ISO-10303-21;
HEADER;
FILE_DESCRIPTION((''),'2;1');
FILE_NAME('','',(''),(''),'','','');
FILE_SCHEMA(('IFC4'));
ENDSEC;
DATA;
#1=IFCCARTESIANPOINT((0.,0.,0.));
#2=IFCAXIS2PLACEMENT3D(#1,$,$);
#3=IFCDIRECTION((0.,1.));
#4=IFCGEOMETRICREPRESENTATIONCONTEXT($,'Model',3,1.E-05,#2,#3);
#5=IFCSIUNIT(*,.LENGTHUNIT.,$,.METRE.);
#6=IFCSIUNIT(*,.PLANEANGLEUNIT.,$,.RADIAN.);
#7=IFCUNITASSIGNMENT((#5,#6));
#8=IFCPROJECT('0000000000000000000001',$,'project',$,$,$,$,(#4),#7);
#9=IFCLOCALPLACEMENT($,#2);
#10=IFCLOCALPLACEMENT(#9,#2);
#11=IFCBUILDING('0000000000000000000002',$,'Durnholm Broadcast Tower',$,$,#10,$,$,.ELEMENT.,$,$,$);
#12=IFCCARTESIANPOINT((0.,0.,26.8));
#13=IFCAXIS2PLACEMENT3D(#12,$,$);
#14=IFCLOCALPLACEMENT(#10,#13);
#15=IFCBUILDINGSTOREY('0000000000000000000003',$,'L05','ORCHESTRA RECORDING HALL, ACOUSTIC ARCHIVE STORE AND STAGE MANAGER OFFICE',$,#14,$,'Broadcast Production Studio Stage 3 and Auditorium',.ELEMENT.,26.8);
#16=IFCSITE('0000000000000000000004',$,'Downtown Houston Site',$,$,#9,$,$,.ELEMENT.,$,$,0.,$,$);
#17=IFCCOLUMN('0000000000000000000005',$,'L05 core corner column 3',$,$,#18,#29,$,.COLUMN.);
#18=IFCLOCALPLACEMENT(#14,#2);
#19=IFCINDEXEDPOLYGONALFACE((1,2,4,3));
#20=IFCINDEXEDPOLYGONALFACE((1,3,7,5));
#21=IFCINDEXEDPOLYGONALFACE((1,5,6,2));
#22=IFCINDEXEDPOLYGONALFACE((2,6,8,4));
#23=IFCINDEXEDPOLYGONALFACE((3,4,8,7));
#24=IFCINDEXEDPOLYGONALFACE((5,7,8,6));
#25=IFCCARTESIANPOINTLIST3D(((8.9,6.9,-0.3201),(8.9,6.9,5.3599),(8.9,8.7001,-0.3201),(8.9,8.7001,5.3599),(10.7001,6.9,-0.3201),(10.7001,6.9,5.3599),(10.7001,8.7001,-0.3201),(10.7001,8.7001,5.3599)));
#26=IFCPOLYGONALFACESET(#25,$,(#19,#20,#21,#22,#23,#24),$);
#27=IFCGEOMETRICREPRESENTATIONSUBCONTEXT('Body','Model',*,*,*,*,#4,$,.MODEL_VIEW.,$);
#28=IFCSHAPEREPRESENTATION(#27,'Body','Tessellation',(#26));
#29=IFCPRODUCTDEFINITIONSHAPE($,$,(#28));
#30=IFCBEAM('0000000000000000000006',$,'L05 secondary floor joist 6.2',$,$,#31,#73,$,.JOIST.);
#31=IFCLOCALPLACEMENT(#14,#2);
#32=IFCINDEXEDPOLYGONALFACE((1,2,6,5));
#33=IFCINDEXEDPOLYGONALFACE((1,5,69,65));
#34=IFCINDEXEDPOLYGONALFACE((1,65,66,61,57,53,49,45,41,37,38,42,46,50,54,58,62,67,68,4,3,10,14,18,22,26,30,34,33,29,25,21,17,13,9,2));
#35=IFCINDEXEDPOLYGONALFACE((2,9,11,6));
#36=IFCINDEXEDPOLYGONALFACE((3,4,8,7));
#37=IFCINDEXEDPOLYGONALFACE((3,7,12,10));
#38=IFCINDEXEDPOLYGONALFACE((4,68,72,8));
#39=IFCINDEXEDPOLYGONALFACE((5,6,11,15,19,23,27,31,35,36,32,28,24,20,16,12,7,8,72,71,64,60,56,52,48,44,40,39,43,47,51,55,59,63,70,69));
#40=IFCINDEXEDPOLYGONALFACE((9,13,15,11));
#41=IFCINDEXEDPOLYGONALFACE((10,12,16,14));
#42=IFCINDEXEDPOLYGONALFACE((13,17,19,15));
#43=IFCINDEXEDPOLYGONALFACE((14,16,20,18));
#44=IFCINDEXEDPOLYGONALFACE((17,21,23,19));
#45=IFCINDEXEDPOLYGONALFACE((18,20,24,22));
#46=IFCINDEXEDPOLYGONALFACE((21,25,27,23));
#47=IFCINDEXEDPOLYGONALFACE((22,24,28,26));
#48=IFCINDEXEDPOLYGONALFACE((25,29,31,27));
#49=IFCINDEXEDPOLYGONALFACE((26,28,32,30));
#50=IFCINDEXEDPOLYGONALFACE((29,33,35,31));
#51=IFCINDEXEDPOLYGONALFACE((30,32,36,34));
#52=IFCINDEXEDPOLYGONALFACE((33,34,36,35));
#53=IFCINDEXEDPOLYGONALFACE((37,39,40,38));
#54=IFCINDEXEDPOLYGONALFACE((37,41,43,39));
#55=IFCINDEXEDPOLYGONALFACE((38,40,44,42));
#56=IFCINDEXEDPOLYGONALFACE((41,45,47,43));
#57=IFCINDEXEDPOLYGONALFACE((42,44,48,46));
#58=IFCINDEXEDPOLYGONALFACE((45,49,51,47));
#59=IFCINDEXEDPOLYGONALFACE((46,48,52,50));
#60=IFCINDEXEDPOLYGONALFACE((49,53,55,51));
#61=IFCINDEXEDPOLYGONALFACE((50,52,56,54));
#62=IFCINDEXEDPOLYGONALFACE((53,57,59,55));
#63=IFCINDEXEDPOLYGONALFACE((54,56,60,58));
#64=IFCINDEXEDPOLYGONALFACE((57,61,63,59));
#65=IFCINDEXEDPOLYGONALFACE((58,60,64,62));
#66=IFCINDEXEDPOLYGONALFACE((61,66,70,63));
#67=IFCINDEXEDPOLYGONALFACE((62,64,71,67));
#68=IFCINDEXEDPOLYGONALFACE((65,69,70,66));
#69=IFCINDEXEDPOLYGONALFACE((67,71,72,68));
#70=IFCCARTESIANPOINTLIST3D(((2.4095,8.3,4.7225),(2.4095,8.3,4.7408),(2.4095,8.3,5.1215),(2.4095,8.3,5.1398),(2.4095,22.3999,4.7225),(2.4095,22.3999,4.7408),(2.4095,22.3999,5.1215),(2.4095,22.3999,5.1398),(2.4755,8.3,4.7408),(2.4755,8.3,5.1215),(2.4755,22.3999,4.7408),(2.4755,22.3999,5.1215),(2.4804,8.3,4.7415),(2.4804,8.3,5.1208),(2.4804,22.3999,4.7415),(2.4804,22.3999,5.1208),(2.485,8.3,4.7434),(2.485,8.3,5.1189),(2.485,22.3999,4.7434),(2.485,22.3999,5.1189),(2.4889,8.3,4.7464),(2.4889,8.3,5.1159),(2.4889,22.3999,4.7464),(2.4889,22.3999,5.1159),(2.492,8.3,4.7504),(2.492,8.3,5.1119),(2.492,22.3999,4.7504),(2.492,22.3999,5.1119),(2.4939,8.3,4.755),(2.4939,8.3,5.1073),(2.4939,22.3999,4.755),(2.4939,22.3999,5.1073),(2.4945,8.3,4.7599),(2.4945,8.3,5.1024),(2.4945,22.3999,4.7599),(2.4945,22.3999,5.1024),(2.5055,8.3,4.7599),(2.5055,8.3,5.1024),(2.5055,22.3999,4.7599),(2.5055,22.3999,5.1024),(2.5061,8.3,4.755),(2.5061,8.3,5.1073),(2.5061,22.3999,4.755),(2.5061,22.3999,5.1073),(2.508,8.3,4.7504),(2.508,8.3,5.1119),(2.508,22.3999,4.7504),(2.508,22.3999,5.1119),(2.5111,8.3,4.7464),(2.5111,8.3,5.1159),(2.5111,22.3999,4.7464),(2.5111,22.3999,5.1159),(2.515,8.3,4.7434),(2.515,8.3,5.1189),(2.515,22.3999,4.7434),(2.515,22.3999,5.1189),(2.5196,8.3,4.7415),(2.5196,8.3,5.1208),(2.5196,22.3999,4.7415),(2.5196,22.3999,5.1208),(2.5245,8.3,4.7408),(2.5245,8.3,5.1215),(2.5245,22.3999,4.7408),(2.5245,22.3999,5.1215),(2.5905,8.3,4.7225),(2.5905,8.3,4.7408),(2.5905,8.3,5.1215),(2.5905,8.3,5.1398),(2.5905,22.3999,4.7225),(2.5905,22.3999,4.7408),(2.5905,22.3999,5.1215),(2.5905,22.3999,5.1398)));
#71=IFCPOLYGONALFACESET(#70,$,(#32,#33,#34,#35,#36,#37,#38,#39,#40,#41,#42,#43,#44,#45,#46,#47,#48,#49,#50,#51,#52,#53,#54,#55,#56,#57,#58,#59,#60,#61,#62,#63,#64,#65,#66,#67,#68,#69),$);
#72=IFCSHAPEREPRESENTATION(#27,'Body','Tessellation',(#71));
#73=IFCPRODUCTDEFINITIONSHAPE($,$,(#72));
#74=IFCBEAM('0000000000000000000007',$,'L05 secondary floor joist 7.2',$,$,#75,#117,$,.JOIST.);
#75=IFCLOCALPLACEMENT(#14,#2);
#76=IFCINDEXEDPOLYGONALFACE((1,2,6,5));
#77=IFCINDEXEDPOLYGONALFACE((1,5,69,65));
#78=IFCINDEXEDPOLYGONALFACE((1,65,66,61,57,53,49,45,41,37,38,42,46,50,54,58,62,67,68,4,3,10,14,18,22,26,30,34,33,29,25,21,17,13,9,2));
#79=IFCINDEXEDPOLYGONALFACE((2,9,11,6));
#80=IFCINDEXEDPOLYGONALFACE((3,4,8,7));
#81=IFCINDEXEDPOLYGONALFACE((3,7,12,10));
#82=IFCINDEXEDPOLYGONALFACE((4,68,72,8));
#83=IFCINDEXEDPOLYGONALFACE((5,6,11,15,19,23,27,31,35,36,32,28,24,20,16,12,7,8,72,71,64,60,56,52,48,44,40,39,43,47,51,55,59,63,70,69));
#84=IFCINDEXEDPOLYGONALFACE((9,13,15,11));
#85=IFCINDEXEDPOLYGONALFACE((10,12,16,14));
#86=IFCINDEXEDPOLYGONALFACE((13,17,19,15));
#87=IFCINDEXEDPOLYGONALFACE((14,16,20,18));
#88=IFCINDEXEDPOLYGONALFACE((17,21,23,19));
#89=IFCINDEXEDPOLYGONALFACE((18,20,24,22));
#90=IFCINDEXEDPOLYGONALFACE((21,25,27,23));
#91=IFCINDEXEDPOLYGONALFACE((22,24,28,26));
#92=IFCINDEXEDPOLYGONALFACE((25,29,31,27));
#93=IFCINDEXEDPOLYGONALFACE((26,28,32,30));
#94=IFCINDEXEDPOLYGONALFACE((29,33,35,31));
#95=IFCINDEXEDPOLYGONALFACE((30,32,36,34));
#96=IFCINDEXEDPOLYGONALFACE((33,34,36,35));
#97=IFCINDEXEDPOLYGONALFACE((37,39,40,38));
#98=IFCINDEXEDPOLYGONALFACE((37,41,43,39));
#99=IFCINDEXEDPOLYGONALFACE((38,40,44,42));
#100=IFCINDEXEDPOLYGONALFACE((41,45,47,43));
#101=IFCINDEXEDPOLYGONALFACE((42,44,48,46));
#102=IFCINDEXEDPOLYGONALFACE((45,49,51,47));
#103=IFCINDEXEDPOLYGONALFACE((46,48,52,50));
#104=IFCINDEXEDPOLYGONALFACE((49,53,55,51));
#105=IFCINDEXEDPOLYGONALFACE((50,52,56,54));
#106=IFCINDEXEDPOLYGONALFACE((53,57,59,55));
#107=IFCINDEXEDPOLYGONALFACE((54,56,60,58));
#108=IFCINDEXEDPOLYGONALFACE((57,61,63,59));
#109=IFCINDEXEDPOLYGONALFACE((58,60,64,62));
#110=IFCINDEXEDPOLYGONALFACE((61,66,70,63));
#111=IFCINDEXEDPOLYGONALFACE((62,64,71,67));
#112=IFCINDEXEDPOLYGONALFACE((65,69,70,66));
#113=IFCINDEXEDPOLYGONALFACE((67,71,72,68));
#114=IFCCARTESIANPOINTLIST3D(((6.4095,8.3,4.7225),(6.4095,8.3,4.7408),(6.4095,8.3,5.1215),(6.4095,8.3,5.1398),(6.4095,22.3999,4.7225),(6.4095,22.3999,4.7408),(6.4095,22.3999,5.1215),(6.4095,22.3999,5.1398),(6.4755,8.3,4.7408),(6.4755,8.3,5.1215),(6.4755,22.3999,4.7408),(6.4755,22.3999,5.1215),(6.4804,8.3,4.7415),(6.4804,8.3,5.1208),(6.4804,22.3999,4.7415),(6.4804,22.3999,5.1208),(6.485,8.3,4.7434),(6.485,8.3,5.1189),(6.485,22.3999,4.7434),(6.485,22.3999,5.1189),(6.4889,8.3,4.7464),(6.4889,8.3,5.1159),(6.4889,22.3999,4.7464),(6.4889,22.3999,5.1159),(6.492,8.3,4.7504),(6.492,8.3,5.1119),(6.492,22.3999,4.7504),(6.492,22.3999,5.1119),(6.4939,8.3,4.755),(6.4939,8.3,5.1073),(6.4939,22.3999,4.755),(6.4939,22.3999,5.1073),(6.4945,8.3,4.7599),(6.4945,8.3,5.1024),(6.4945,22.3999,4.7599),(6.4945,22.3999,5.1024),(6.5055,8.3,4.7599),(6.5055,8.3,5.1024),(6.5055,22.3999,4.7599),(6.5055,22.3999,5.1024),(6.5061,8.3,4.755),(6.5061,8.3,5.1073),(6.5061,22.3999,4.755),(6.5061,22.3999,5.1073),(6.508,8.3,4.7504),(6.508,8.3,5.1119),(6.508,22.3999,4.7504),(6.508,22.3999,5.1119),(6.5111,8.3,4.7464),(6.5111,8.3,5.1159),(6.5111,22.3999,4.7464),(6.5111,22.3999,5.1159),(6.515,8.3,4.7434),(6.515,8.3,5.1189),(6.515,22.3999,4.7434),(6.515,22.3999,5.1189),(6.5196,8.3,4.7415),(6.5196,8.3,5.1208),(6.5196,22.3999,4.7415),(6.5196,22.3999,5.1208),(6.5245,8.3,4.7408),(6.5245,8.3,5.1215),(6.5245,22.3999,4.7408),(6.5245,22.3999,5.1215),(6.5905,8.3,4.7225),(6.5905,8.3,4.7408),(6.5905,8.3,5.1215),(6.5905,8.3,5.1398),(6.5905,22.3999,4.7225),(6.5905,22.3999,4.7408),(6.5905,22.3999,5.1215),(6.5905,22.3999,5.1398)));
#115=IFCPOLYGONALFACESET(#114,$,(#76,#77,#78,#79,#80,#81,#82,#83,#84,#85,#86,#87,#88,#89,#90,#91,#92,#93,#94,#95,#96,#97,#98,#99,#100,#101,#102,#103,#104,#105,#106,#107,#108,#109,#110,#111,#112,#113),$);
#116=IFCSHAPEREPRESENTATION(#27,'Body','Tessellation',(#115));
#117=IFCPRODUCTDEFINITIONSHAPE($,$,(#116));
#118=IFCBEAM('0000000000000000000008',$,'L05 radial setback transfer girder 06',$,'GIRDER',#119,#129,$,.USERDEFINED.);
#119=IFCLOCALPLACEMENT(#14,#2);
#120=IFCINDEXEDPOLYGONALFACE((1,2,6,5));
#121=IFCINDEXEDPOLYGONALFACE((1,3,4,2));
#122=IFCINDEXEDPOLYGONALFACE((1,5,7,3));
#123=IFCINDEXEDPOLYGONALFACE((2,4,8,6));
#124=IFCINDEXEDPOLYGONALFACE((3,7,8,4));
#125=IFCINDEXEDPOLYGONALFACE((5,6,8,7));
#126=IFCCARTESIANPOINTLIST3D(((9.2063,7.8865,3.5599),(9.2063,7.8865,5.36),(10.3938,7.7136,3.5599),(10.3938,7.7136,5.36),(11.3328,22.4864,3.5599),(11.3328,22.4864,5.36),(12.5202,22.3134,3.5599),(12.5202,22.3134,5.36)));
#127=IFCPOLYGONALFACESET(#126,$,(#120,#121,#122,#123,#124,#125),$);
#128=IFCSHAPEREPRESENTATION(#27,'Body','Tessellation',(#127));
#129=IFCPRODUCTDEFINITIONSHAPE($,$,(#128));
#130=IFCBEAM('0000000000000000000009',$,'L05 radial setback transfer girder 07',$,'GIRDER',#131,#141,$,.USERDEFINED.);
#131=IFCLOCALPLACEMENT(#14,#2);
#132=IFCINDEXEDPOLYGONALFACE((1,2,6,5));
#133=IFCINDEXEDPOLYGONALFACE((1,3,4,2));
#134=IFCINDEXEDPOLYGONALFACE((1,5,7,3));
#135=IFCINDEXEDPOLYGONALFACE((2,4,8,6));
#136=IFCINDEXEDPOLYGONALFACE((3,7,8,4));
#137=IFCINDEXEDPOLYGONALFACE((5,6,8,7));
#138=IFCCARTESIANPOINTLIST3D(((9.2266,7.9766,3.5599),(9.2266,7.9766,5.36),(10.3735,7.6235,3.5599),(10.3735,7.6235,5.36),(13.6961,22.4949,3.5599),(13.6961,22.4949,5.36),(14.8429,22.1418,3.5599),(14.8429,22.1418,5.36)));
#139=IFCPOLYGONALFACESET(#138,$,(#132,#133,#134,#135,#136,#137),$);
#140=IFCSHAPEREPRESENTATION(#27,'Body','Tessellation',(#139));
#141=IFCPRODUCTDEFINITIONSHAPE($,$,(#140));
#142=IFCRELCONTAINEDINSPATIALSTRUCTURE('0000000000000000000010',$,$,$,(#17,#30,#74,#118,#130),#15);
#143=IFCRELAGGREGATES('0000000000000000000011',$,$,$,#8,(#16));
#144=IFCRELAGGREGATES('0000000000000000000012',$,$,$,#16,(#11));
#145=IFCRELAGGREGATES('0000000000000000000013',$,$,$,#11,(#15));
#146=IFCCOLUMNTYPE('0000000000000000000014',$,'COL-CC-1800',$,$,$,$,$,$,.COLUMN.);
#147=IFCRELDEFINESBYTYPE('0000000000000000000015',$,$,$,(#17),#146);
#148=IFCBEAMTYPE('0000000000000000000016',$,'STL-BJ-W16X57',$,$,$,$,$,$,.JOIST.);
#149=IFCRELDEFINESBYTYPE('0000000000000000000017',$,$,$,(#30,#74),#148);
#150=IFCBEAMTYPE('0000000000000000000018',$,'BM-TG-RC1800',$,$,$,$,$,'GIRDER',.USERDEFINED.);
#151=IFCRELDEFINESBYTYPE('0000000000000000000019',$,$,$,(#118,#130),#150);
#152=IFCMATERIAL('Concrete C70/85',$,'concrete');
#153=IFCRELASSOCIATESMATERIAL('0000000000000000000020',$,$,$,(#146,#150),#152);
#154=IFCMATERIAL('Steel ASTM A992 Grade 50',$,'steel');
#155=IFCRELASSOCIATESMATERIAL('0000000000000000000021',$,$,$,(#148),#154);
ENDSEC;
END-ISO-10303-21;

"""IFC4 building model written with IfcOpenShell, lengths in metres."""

from ifc_helpers import new_model, si_unit, direction, frame, origin, origin_2d, place, context, subcontext, project, spatial, rectangle, i_section, extrude, source, transform, mapped, material, material_profile, profile_set, type_object, type_shapes, element, save


model = new_model("IFC4")

# Units and contexts
model_context = context("Model", 3, precision=1e-05, world=origin(), true_north=direction((0.0, 1.0)))
body_context = subcontext(model_context, "Body", "Model", "MODEL_VIEW")
ifc_project = project(units=[si_unit("LENGTHUNIT", "METRE"), si_unit("PLANEANGLEUNIT", "RADIAN")], contexts=[model_context])

# Site, building, storey
site_placement = place(None, origin())
site = spatial("IfcSite", under=ifc_project, at=site_placement, Name="Downtown Houston Site", CompositionType="ELEMENT", RefElevation=0.0)
building_placement = place(site_placement, origin())
building = spatial("IfcBuilding", under=site, at=building_placement, Name="Durnholm Broadcast Tower", CompositionType="ELEMENT")
storey_placement = place(building_placement, frame((0.0, 0.0, 26.8)))
storey = spatial("IfcBuildingStorey", under=building, at=storey_placement, Name="L05", Description="ORCHESTRA RECORDING HALL, ACOUSTIC ARCHIVE STORE AND STAGE MANAGER OFFICE", LongName="Broadcast Production Studio Stage 3 and Auditorium", CompositionType="ELEMENT", Elevation=26.8)

# Column
ifc_material_1 = material(Name="Concrete C70/85", Category="concrete")
ifc_material_profile_1 = material_profile(ifc_material_1, rectangle(XDim=1.8, YDim=1.8, at=origin_2d()), Name="RC1800X1800")
ifc_profile_set_1 = profile_set([ifc_material_profile_1], Name="Concrete C70/85")
column_type = type_object("IfcColumnType", Name="COL-CC-1800", PredefinedType="COLUMN", material=ifc_profile_set_1)
shared_shape_1 = source(origin(), body_context, "Body", "SweptSolid", [
    extrude(rectangle(XDim=1.8, YDim=1.8, at=origin_2d()), origin(), (0.0, 0.0, 1.0), 5.6799),
])
type_shapes(column_type, [shared_shape_1])
column_placement = place(storey_placement, frame((9.8, 7.8, -0.3201), z_axis=(0.0, 0.0, 1.0), x_axis=(1.0, 0.0, 0.0)))
element("IfcColumn", 1, at=column_placement, inside=storey, type_object=column_type, Name="L05 core corner column 3", PredefinedType="COLUMN", context=body_context, shape_type="MappedRepresentation", body=[
    mapped(shared_shape_1, transform((0.0, 0.0, 0.0), x_axis=(1.0, 0.0, 0.0), y_axis=(0.0, 1.0, 0.0), z_axis=(0.0, 0.0, 1.0), scale=1.0)),
])

# Beams
ifc_material_2 = material(Name="Steel ASTM A992 Grade 50", Category="steel")
ifc_material_profile_2 = material_profile(ifc_material_2, i_section(OverallWidth=0.1809, OverallDepth=0.4172, WebThickness=0.011, FlangeThickness=0.0183, FilletRadius=0.019, at=origin_2d()), Name="W16X57")
ifc_profile_set_2 = profile_set([ifc_material_profile_2], Name="Steel ASTM A992 Grade 50")
beam_type_1 = type_object("IfcBeamType", Name="STL-BJ-W16X57", PredefinedType="JOIST", material=ifc_profile_set_2)
shared_shape_2 = source(origin(), body_context, "Body", "SweptSolid", [
    extrude(i_section(OverallWidth=0.1809, OverallDepth=0.4172, WebThickness=0.011, FlangeThickness=0.0183, FilletRadius=0.019, at=origin_2d()), origin(), (0.0, 0.0, 1.0), 14.0999),
])
type_shapes(beam_type_1, [shared_shape_2])
for number, where, z_axis, x_axis, name in (
    (2, (2.5, 8.3, 4.9312), (0.0, 1.0, 0.0), (-1.0, 0.0, 0.0), "L05 secondary floor joist 6.2"),
    (3, (6.5, 8.3, 4.9312), (0.0, 1.0, 0.0), (-1.0, 0.0, 0.0), "L05 secondary floor joist 7.2"),
):
    element("IfcBeam", number, at=place(storey_placement, frame(where, z_axis=z_axis, x_axis=x_axis)), inside=storey, type_object=beam_type_1, Name=name, PredefinedType="JOIST", context=body_context, shape_type="MappedRepresentation", body=[
        mapped(shared_shape_2, transform((0.0, 0.0, 0.0), x_axis=(1.0, 0.0, 0.0), y_axis=(0.0, 1.0, 0.0), z_axis=(0.0, 0.0, 1.0), scale=1.0)),
    ])
ifc_material_profile_3 = material_profile(ifc_material_1, rectangle(XDim=1.2, YDim=1.8, at=origin_2d()), Name="RC1200X1800")
ifc_profile_set_3 = profile_set([ifc_material_profile_3], Name="Concrete C70/85")
beam_type_2 = type_object("IfcBeamType", Name="BM-TG-RC1800", ElementType="GIRDER", PredefinedType="USERDEFINED", material=ifc_profile_set_3)
shared_shape_3 = source(origin(), body_context, "Body", "SweptSolid", [
    extrude(rectangle(XDim=1.2, YDim=1.8, at=origin_2d()), origin(), (0.0, 0.0, 1.0), 14.7539),
])
beam_1_placement = place(storey_placement, frame((9.8, 7.8, 4.46), z_axis=(0.144129, 0.989559, 0.0), x_axis=(-0.989559, 0.144129, 0.0)))
element("IfcBeam", 4, at=beam_1_placement, inside=storey, type_object=beam_type_2, Name="L05 radial setback transfer girder 06", ObjectType="GIRDER", PredefinedType="USERDEFINED", context=body_context, shape_type="MappedRepresentation", body=[
    mapped(shared_shape_3, transform((0.0, 0.0, 0.0), x_axis=(1.0, 0.0, 0.0), y_axis=(0.0, 1.0, 0.0), z_axis=(0.0, 0.0, 1.0), scale=1.0)),
])
shared_shape_4 = source(origin(), body_context, "Body", "SweptSolid", [
    extrude(rectangle(XDim=1.2, YDim=1.8, at=origin_2d()), origin(), (0.0, 0.0, 1.0), 15.1907),
])
type_shapes(beam_type_2, [shared_shape_3, shared_shape_4])
beam_2_placement = place(storey_placement, frame((9.8, 7.8, 4.46), z_axis=(0.294225, 0.955736, 0.0), x_axis=(-0.955736, 0.294225, 0.0)))
element("IfcBeam", 5, at=beam_2_placement, inside=storey, type_object=beam_type_2, Name="L05 radial setback transfer girder 07", ObjectType="GIRDER", PredefinedType="USERDEFINED", context=body_context, shape_type="MappedRepresentation", body=[
    mapped(shared_shape_4, transform((0.0, 0.0, 0.0), x_axis=(1.0, 0.0, 0.0), y_axis=(0.0, 1.0, 0.0), z_axis=(0.0, 0.0, 1.0), scale=1.0)),
])

save(model, "model.ifc")
